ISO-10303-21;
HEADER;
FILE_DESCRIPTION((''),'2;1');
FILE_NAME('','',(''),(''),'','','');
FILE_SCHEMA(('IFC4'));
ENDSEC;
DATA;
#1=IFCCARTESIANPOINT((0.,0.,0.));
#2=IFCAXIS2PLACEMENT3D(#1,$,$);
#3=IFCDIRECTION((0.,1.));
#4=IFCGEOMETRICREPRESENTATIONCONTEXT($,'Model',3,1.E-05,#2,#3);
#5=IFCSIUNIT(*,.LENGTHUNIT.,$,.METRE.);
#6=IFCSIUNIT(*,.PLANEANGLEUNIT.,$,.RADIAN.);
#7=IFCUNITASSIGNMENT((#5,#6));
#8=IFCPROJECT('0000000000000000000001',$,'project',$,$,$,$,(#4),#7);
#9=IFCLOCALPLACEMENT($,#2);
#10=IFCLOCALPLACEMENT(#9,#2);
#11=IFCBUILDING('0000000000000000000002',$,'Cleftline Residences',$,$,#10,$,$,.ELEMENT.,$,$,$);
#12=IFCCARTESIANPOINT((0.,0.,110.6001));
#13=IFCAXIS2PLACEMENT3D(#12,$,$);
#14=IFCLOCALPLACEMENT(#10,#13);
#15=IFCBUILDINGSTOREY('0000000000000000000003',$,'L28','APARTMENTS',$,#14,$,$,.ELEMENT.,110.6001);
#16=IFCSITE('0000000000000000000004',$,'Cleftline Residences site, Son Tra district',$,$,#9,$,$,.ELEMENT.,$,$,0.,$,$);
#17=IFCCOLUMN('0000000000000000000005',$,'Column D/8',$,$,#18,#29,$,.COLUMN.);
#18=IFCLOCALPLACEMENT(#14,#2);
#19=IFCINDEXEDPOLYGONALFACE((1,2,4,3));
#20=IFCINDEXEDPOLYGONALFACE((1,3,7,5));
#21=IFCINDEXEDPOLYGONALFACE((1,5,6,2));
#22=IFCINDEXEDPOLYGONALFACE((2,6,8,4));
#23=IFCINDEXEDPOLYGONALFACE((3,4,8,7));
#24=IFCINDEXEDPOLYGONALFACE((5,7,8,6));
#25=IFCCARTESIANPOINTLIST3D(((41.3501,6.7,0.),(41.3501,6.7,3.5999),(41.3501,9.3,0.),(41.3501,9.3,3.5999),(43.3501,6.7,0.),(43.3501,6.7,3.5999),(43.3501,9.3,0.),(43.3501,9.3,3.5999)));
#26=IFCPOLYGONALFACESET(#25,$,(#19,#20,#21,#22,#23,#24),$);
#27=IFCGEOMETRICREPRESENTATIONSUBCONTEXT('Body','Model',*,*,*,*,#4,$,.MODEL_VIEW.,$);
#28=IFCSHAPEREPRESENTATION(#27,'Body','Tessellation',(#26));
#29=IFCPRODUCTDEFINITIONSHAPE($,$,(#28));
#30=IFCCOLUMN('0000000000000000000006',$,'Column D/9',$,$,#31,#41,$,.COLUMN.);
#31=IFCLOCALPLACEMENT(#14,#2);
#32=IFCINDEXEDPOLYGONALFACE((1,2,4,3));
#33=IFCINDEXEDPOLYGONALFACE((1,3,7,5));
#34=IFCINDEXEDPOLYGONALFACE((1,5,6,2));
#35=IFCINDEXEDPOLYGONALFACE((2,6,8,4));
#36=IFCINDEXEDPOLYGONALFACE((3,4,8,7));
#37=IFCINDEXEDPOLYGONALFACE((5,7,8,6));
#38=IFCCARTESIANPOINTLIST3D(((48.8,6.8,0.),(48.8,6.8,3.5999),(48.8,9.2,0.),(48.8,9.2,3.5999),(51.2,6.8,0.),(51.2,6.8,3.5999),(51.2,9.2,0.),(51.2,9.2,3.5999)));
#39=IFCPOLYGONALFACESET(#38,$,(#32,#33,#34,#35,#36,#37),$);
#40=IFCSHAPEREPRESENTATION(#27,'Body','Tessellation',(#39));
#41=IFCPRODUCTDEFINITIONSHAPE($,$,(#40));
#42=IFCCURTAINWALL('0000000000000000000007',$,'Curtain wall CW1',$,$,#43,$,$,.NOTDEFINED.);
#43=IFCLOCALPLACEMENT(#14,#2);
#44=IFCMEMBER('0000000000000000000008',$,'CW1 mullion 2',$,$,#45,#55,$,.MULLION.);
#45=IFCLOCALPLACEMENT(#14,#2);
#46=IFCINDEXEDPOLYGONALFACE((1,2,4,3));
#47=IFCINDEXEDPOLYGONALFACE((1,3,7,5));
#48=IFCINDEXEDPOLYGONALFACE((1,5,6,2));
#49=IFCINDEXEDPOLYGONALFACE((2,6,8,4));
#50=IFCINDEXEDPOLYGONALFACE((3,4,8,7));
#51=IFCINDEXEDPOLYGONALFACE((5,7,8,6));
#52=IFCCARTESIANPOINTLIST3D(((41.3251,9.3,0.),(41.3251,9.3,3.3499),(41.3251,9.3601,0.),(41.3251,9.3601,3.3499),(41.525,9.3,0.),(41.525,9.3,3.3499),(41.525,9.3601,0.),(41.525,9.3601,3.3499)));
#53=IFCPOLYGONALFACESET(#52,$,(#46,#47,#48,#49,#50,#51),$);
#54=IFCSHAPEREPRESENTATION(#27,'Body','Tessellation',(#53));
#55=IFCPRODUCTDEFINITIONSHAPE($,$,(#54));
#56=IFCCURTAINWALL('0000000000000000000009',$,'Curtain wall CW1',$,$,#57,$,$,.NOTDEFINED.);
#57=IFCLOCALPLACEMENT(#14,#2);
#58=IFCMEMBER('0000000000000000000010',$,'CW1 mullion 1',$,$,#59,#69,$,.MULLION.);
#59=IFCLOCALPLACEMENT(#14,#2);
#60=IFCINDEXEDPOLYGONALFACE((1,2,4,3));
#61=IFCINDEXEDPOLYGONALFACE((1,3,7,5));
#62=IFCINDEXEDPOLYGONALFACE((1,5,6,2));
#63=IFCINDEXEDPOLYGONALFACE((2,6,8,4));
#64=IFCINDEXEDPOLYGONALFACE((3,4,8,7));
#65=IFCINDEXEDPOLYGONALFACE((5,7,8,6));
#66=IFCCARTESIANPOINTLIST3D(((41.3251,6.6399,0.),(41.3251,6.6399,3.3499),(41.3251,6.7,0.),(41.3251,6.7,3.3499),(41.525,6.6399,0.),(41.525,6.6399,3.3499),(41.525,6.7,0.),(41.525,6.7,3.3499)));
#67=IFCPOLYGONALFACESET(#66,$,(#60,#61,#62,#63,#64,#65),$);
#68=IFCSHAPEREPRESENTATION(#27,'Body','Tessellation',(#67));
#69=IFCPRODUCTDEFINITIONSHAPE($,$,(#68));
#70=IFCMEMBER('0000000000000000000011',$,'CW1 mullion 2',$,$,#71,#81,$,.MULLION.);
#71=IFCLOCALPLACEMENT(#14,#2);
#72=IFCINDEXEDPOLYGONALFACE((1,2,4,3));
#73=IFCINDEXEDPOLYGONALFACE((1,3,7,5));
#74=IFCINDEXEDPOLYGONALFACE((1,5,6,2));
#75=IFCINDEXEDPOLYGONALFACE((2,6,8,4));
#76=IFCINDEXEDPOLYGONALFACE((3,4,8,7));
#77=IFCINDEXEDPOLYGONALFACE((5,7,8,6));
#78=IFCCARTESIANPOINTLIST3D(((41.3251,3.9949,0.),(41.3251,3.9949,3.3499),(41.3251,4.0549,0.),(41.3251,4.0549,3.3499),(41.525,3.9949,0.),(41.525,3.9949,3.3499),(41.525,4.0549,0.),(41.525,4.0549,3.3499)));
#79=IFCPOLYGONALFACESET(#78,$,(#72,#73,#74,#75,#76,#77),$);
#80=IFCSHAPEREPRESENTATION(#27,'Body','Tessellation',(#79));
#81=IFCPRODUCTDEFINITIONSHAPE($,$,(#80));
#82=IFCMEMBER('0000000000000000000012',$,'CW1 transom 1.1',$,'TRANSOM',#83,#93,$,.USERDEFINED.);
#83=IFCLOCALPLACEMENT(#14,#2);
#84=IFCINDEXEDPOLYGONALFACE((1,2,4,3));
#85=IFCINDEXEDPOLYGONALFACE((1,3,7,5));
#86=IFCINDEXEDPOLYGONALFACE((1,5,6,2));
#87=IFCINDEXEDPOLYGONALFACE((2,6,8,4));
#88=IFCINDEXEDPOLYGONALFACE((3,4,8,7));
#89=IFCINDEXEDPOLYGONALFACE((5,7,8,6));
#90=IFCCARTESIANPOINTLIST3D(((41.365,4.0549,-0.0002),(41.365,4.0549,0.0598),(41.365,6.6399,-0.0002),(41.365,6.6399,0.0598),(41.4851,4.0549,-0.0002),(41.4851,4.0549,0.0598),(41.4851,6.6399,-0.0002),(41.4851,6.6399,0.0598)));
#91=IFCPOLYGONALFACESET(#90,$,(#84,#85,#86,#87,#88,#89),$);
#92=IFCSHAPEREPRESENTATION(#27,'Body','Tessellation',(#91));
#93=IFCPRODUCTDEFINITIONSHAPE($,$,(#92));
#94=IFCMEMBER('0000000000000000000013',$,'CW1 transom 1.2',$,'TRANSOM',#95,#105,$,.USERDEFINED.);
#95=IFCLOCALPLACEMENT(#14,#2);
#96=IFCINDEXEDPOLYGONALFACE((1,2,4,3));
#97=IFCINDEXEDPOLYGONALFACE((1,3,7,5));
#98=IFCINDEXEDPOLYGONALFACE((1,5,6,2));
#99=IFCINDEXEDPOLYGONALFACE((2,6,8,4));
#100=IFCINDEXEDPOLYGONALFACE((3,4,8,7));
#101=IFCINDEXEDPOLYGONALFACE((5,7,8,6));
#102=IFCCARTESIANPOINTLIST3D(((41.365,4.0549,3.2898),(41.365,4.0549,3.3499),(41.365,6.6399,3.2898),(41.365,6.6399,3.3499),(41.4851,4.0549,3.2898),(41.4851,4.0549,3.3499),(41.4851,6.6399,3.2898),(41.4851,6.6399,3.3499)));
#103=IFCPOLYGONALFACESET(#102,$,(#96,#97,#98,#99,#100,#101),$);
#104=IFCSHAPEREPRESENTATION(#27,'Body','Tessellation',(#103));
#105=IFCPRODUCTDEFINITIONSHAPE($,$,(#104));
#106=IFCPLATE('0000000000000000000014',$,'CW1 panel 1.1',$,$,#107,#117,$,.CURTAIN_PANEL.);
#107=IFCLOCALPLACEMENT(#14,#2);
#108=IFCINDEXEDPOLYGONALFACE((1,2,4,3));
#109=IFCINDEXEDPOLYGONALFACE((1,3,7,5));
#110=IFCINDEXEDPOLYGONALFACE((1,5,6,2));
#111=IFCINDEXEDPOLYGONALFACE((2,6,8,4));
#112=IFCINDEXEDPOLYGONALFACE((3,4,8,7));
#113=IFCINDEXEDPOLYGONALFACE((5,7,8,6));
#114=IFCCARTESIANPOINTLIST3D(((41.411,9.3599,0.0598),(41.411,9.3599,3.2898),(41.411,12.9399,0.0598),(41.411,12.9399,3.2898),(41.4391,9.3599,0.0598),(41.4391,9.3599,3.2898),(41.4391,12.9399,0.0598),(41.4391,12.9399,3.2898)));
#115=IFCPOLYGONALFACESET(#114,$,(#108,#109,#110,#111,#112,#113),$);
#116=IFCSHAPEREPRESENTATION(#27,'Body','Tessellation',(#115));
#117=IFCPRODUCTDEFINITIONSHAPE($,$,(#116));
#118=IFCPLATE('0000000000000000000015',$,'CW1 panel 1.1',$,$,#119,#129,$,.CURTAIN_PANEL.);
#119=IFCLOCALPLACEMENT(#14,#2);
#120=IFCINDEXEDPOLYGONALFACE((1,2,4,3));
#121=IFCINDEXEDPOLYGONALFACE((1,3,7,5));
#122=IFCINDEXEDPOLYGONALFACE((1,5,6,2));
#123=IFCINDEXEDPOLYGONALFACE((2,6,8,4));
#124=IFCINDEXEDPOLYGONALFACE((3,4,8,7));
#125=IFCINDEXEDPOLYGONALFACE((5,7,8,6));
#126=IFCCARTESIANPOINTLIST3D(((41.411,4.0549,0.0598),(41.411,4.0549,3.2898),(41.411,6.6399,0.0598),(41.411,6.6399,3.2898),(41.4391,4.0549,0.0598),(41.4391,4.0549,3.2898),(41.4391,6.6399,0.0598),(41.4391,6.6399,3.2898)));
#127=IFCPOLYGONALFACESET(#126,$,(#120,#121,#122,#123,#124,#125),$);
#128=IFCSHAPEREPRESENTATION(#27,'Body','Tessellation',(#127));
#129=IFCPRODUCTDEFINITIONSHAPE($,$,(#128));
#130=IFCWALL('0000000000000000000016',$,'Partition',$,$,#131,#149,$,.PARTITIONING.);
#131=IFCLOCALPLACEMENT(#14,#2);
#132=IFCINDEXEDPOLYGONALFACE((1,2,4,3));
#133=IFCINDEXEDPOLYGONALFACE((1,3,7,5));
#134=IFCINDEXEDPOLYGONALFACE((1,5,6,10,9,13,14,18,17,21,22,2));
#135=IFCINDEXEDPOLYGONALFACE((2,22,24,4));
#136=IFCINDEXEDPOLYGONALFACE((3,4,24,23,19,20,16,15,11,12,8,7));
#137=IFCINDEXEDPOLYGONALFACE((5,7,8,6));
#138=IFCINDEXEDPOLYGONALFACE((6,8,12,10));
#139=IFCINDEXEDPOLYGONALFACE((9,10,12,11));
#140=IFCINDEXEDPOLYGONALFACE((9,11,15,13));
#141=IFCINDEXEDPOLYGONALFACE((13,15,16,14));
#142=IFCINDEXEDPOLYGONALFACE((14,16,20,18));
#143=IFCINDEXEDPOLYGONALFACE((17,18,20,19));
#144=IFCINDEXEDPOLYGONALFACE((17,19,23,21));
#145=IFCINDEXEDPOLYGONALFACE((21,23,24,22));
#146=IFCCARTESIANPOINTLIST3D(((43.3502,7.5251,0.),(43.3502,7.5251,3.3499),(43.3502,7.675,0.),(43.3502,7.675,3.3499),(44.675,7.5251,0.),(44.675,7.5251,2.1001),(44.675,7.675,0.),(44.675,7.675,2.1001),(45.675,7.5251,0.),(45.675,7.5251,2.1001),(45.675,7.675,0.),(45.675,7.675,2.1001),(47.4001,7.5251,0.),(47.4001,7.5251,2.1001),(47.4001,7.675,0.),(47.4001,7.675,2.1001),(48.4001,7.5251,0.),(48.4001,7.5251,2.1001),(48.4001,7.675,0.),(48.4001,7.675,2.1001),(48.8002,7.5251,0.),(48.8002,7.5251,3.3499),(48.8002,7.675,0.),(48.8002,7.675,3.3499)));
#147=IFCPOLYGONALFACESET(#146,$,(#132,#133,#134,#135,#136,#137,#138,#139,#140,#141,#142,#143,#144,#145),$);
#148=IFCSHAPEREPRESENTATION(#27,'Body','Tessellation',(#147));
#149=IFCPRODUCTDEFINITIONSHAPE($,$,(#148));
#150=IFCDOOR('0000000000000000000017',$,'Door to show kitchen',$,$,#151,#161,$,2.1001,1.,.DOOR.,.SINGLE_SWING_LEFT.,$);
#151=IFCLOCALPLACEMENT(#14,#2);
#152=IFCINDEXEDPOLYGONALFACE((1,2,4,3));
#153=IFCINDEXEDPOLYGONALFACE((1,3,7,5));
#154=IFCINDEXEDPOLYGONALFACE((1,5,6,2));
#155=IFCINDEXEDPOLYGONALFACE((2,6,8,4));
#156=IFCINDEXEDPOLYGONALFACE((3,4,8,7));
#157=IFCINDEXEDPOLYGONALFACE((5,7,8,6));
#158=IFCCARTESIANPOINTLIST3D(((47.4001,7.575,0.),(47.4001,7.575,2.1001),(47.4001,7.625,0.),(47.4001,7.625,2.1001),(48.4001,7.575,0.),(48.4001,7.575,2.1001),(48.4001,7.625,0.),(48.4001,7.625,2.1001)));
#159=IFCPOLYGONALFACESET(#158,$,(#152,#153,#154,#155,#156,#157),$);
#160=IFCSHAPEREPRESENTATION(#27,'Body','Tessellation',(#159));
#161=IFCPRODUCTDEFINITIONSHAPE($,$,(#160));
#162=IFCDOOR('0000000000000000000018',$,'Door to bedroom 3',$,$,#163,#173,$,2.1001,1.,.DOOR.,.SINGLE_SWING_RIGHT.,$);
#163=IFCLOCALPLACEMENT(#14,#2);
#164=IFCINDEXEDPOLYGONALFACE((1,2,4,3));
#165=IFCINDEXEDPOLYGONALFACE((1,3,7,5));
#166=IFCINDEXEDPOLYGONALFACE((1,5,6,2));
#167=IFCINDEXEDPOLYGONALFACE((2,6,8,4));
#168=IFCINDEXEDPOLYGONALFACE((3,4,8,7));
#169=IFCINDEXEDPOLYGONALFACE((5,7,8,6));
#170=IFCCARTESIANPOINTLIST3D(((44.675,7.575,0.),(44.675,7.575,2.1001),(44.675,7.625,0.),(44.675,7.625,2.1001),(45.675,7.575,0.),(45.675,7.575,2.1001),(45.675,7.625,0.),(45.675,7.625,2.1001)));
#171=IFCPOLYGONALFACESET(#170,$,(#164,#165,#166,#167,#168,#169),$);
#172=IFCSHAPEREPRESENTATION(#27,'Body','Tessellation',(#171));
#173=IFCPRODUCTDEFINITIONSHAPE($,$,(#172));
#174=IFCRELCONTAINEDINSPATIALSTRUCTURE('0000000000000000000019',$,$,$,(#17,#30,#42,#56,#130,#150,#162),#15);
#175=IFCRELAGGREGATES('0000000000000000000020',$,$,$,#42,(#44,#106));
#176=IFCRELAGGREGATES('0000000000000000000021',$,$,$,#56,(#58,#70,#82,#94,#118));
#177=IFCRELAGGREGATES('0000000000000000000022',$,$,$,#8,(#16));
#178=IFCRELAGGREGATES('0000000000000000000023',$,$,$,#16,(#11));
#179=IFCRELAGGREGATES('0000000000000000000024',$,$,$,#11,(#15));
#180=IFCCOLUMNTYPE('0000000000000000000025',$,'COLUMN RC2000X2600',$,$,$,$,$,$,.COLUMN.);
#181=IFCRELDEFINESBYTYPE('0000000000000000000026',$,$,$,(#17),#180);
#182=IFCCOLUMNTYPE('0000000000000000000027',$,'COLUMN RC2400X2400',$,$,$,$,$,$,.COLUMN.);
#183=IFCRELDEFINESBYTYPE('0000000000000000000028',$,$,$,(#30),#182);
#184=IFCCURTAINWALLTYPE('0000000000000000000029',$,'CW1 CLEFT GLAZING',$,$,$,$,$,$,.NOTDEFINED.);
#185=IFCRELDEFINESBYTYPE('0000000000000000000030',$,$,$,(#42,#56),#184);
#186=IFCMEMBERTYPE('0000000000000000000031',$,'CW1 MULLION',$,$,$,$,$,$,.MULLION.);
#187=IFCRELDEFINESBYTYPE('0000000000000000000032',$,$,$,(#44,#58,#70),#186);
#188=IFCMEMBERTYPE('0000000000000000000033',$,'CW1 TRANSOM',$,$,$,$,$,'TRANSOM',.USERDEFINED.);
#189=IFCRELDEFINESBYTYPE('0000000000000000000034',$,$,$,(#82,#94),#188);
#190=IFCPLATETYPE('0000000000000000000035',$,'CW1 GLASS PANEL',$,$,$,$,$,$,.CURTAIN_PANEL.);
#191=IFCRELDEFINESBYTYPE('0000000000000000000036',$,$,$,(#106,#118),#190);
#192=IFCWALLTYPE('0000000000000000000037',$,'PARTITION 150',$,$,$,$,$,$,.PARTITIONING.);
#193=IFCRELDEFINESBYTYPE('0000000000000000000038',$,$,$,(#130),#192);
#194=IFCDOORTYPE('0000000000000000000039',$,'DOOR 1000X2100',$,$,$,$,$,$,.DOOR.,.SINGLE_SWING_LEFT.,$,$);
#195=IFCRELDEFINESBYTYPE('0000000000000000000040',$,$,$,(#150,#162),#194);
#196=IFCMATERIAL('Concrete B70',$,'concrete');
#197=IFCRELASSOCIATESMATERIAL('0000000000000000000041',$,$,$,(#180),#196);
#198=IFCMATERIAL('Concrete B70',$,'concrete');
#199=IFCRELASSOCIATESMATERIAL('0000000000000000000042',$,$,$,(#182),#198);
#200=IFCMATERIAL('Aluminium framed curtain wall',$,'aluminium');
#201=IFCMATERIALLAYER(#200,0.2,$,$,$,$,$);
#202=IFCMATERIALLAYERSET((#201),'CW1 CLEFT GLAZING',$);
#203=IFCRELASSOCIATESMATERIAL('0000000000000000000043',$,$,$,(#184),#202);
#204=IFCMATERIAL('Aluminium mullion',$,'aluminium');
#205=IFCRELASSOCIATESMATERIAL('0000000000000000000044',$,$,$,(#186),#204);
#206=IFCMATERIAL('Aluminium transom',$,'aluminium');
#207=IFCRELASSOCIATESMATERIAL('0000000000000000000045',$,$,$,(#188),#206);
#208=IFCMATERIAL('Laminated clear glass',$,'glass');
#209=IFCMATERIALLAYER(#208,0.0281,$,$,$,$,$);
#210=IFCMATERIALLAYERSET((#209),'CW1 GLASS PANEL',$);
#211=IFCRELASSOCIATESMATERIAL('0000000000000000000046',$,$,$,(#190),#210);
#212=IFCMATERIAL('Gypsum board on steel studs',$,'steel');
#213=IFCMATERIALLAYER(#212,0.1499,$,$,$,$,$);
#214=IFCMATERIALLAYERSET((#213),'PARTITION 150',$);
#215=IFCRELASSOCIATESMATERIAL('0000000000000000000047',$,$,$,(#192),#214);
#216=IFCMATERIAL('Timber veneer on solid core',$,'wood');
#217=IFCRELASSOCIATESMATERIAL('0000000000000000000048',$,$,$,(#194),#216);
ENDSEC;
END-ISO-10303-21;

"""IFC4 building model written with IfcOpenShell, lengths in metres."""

from ifc_helpers import new_model, si_unit, direction, frame, frame_2d, origin, origin_2d, place, context, subcontext, project, spatial, rectangle, extrude, material, layer, layer_set, material_profile, profile_set, type_object, element, fill, aggregate, save


model = new_model("IFC4")

# Units and contexts
model_context = context("Model", 3, precision=1e-05, world=origin(), true_north=direction((0.0, 1.0)))
body_context = subcontext(model_context, "Body", "Model", "MODEL_VIEW")
ifc_project = project(units=[si_unit("LENGTHUNIT", "METRE"), si_unit("PLANEANGLEUNIT", "RADIAN")], contexts=[model_context])

# Site, building, storey
site_placement = place(None, origin())
site = spatial("IfcSite", under=ifc_project, at=site_placement, Name="Cleftline Residences site, Son Tra district", CompositionType="ELEMENT", RefElevation=0.0)
building_placement = place(site_placement, origin())
building = spatial("IfcBuilding", under=site, at=building_placement, Name="Cleftline Residences", CompositionType="ELEMENT")
storey_placement = place(building_placement, frame((0.0, 0.0, 110.6001)))
storey = spatial("IfcBuildingStorey", under=building, at=storey_placement, Name="L28", Description="APARTMENTS", CompositionType="ELEMENT", Elevation=110.6001)

# Columns
ifc_material_1 = material(Name="Concrete B70", Category="concrete")
ifc_material_profile_1 = material_profile(ifc_material_1, rectangle(XDim=2.0, YDim=2.6001, at=origin_2d()))
ifc_profile_set_1 = profile_set([ifc_material_profile_1], Name="Concrete B70")
column_type_1 = type_object("IfcColumnType", Name="COLUMN RC2000X2600", PredefinedType="COLUMN", material=ifc_profile_set_1)
column_1_placement = place(storey_placement, frame((42.3501, 8.0, 0.0), z_axis=(0.0, 0.0, 1.0), x_axis=(1.0, 0.0, 0.0)))
element("IfcColumn", 1, at=column_1_placement, inside=storey, type_object=column_type_1, Name="Column D/8", PredefinedType="COLUMN", context=body_context, shape_type="SweptSolid", body=[
    extrude(rectangle(XDim=2.0, YDim=2.6001, at=origin_2d()), origin(), (0.0, 0.0, 1.0), 3.5999),
])
ifc_material_2 = material(Name="Concrete B70", Category="concrete")
ifc_material_profile_2 = material_profile(ifc_material_2, rectangle(XDim=2.3999, YDim=2.3999, at=origin_2d()))
ifc_profile_set_2 = profile_set([ifc_material_profile_2], Name="Concrete B70")
column_type_2 = type_object("IfcColumnType", Name="COLUMN RC2400X2400", PredefinedType="COLUMN", material=ifc_profile_set_2)
column_2_placement = place(storey_placement, frame((50.0, 8.0, 0.0), z_axis=(0.0, 0.0, 1.0), x_axis=(1.0, 0.0, 0.0)))
element("IfcColumn", 2, at=column_2_placement, inside=storey, type_object=column_type_2, Name="Column D/9", PredefinedType="COLUMN", context=body_context, shape_type="SweptSolid", body=[
    extrude(rectangle(XDim=2.3999, YDim=2.3999, at=origin_2d()), origin(), (0.0, 0.0, 1.0), 3.5999),
])

# Curtain wall, member
ifc_material_3 = material(Name="Aluminium framed curtain wall", Category="aluminium")
ifc_layer_1 = layer(ifc_material_3, 0.2)
ifc_layer_set_1 = layer_set([ifc_layer_1], Name="CW1 CLEFT GLAZING")
curtain_wall_type = type_object("IfcCurtainWallType", Name="CW1 CLEFT GLAZING", PredefinedType="NOTDEFINED", material=ifc_layer_set_1)
curtain_wall_1_placement = place(storey_placement, origin())
curtain_wall_1 = element("IfcCurtainWall", 3, at=curtain_wall_1_placement, inside=storey, type_object=curtain_wall_type, Name="Curtain wall CW1", PredefinedType="NOTDEFINED")
ifc_material_4 = material(Name="Aluminium mullion", Category="aluminium")
ifc_material_profile_3 = material_profile(ifc_material_4, rectangle(XDim=0.2, YDim=0.0601, at=origin_2d()))
ifc_profile_set_3 = profile_set([ifc_material_profile_3], Name="Aluminium mullion")
member_type_1 = type_object("IfcMemberType", Name="CW1 MULLION", PredefinedType="MULLION", material=ifc_profile_set_3)
member_1_placement = place(storey_placement, frame((41.425, 9.3301, 0.0), z_axis=(0.0, 0.0, 1.0), x_axis=(1.0, 0.0, 0.0)))
member_1 = element("IfcMember", 4, at=member_1_placement, type_object=member_type_1, Name="CW1 mullion 2", PredefinedType="MULLION", context=body_context, shape_type="SweptSolid", body=[
    extrude(rectangle(XDim=0.2, YDim=0.0601, at=origin_2d()), origin(), (0.0, 0.0, 1.0), 3.3499),
])

# Curtain wall, members
curtain_wall_2_placement = place(storey_placement, origin())
curtain_wall_2 = element("IfcCurtainWall", 5, at=curtain_wall_2_placement, inside=storey, type_object=curtain_wall_type, Name="Curtain wall CW1", PredefinedType="NOTDEFINED")
member_2_placement = place(storey_placement, frame((41.425, 6.6699, 0.0), z_axis=(0.0, 0.0, 1.0), x_axis=(1.0, 0.0, 0.0)))
member_2 = element("IfcMember", 6, at=member_2_placement, type_object=member_type_1, Name="CW1 mullion 1", PredefinedType="MULLION", context=body_context, shape_type="SweptSolid", body=[
    extrude(rectangle(XDim=0.2, YDim=0.0601, at=origin_2d()), origin(), (0.0, 0.0, 1.0), 3.3499),
])
member_3_placement = place(storey_placement, frame((41.425, 4.0249, 0.0), z_axis=(0.0, 0.0, 1.0), x_axis=(1.0, 0.0, 0.0)))
member_3 = element("IfcMember", 7, at=member_3_placement, type_object=member_type_1, Name="CW1 mullion 2", PredefinedType="MULLION", context=body_context, shape_type="SweptSolid", body=[
    extrude(rectangle(XDim=0.2, YDim=0.0601, at=origin_2d()), origin(), (0.0, 0.0, 1.0), 3.3499),
])
ifc_material_5 = material(Name="Aluminium transom", Category="aluminium")
ifc_material_profile_4 = material_profile(ifc_material_5, rectangle(XDim=0.1201, YDim=0.0601, at=origin_2d()))
ifc_profile_set_4 = profile_set([ifc_material_profile_4], Name="Aluminium transom")
member_type_2 = type_object("IfcMemberType", Name="CW1 TRANSOM", ElementType="TRANSOM", PredefinedType="USERDEFINED", material=ifc_profile_set_4)
member_4_placement = place(storey_placement, frame((41.425, 6.6399, 0.0298), z_axis=(0.0, -1.0, 0.0), x_axis=(1.0, 0.0, 0.0)))
member_4 = element("IfcMember", 8, at=member_4_placement, type_object=member_type_2, Name="CW1 transom 1.1", ObjectType="TRANSOM", PredefinedType="USERDEFINED", context=body_context, shape_type="SweptSolid", body=[
    extrude(rectangle(XDim=0.1201, YDim=0.0601, at=origin_2d()), origin(), (0.0, 0.0, 1.0), 2.585),
])
member_5_placement = place(storey_placement, frame((41.425, 6.6399, 3.3198), z_axis=(0.0, -1.0, 0.0), x_axis=(1.0, 0.0, 0.0)))
member_5 = element("IfcMember", 9, at=member_5_placement, type_object=member_type_2, Name="CW1 transom 1.2", ObjectType="TRANSOM", PredefinedType="USERDEFINED", context=body_context, shape_type="SweptSolid", body=[
    extrude(rectangle(XDim=0.1201, YDim=0.0601, at=origin_2d()), origin(), (0.0, 0.0, 1.0), 2.585),
])

# Plates
ifc_material_6 = material(Name="Laminated clear glass", Category="glass")
ifc_layer_2 = layer(ifc_material_6, 0.0281)
ifc_layer_set_2 = layer_set([ifc_layer_2], Name="CW1 GLASS PANEL")
plate_type = type_object("IfcPlateType", Name="CW1 GLASS PANEL", PredefinedType="CURTAIN_PANEL", material=ifc_layer_set_2)
plate_1_placement = place(storey_placement, frame((41.425, 11.1499, 0.0598), z_axis=(0.0, 0.0, 1.0), x_axis=(0.0, -1.0, 0.0)))
plate_1 = element("IfcPlate", 10, at=plate_1_placement, type_object=plate_type, Name="CW1 panel 1.1", PredefinedType="CURTAIN_PANEL", context=body_context, shape_type="SweptSolid", body=[
    extrude(rectangle(XDim=3.5801, YDim=0.0281, at=origin_2d()), origin(), (0.0, 0.0, 1.0), 3.23),
])
aggregate(curtain_wall_1, [member_1, plate_1])
plate_2_placement = place(storey_placement, frame((41.425, 5.3474, 0.0598), z_axis=(0.0, 0.0, 1.0), x_axis=(0.0, -1.0, 0.0)))
plate_2 = element("IfcPlate", 11, at=plate_2_placement, type_object=plate_type, Name="CW1 panel 1.1", PredefinedType="CURTAIN_PANEL", context=body_context, shape_type="SweptSolid", body=[
    extrude(rectangle(XDim=2.585, YDim=0.0281, at=origin_2d()), origin(), (0.0, 0.0, 1.0), 3.23),
])
aggregate(curtain_wall_2, [member_2, member_3, member_4, member_5, plate_2])

# Wall, openings, doors
ifc_material_7 = material(Name="Gypsum board on steel studs", Category="steel")
ifc_layer_3 = layer(ifc_material_7, 0.1499)
ifc_layer_set_3 = layer_set([ifc_layer_3], Name="PARTITION 150")
wall_type = type_object("IfcWallType", Name="PARTITION 150", PredefinedType="PARTITIONING", material=ifc_layer_set_3)
wall_1_placement = place(storey_placement, frame((43.3501, 7.6001, 0.0), z_axis=(0.0, 0.0, 1.0), x_axis=(1.0, 0.0, 0.0)))
wall_1 = element("IfcWall", 12, at=wall_1_placement, inside=storey, type_object=wall_type, Name="Partition", PredefinedType="PARTITIONING", context=body_context, shape_type="SweptSolid", body=[
    extrude(rectangle(XDim=5.45, YDim=0.1499, at=frame_2d((2.7251, 0.0))), origin(), (0.0, 0.0, 1.0), 3.3499),
])
opening_1_placement = place(wall_1_placement, frame((4.05, 0.0, 0.0)))
opening_1 = element("IfcOpeningElement", 13, at=opening_1_placement, cuts=wall_1, PredefinedType="OPENING", context=body_context, shape_type="SweptSolid", body=[
    extrude(rectangle(XDim=1.0, YDim=2.1001, at=frame_2d((0.5, 1.05))), frame((0.0, 0.085, 0.0), z_axis=(0.0, -1.0, 0.0), x_axis=(1.0, 0.0, 0.0)), (0.0, 0.0, 1.0), 0.1699),
])
opening_2_placement = place(wall_1_placement, frame((1.325, 0.0, 0.0)))
opening_2 = element("IfcOpeningElement", 14, at=opening_2_placement, cuts=wall_1, PredefinedType="OPENING", context=body_context, shape_type="SweptSolid", body=[
    extrude(rectangle(XDim=1.0, YDim=2.1001, at=frame_2d((0.5, 1.05))), frame((0.0, 0.085, 0.0), z_axis=(0.0, -1.0, 0.0), x_axis=(1.0, 0.0, 0.0)), (0.0, 0.0, 1.0), 0.1699),
])
ifc_material_8 = material(Name="Timber veneer on solid core", Category="wood")
door_type_1 = type_object("IfcDoorType", Name="DOOR 1000X2100", OperationType="SINGLE_SWING_LEFT", PredefinedType="DOOR", material=ifc_material_8)
door_1_placement = place(opening_1_placement, origin())
door_1 = element("IfcDoor", 15, at=door_1_placement, inside=storey, type_object=door_type_1, Name="Door to show kitchen", OperationType="SINGLE_SWING_LEFT", OverallHeight=2.1001, OverallWidth=1.0, PredefinedType="DOOR", context=body_context, shape_type="SweptSolid", body=[
    extrude(rectangle(XDim=1.0, YDim=2.1001, at=frame_2d((0.5, 1.05))), frame((0.0, 0.0249, 0.0), z_axis=(0.0, -1.0, 0.0), x_axis=(1.0, 0.0, 0.0)), (0.0, 0.0, 1.0), 0.05),
])
fill(opening_1, door_1)
door_2_placement = place(opening_2_placement, origin())
door_2 = element("IfcDoor", 16, at=door_2_placement, inside=storey, type_object=door_type_1, Name="Door to bedroom 3", OperationType="SINGLE_SWING_RIGHT", OverallHeight=2.1001, OverallWidth=1.0, PredefinedType="DOOR", context=body_context, shape_type="SweptSolid", body=[
    extrude(rectangle(XDim=1.0, YDim=2.1001, at=frame_2d((0.5, 1.05))), frame((0.0, 0.0249, 0.0), z_axis=(0.0, -1.0, 0.0), x_axis=(1.0, 0.0, 0.0)), (0.0, 0.0, 1.0), 0.05),
])
fill(opening_2, door_2)

save(model, "model.ifc")
